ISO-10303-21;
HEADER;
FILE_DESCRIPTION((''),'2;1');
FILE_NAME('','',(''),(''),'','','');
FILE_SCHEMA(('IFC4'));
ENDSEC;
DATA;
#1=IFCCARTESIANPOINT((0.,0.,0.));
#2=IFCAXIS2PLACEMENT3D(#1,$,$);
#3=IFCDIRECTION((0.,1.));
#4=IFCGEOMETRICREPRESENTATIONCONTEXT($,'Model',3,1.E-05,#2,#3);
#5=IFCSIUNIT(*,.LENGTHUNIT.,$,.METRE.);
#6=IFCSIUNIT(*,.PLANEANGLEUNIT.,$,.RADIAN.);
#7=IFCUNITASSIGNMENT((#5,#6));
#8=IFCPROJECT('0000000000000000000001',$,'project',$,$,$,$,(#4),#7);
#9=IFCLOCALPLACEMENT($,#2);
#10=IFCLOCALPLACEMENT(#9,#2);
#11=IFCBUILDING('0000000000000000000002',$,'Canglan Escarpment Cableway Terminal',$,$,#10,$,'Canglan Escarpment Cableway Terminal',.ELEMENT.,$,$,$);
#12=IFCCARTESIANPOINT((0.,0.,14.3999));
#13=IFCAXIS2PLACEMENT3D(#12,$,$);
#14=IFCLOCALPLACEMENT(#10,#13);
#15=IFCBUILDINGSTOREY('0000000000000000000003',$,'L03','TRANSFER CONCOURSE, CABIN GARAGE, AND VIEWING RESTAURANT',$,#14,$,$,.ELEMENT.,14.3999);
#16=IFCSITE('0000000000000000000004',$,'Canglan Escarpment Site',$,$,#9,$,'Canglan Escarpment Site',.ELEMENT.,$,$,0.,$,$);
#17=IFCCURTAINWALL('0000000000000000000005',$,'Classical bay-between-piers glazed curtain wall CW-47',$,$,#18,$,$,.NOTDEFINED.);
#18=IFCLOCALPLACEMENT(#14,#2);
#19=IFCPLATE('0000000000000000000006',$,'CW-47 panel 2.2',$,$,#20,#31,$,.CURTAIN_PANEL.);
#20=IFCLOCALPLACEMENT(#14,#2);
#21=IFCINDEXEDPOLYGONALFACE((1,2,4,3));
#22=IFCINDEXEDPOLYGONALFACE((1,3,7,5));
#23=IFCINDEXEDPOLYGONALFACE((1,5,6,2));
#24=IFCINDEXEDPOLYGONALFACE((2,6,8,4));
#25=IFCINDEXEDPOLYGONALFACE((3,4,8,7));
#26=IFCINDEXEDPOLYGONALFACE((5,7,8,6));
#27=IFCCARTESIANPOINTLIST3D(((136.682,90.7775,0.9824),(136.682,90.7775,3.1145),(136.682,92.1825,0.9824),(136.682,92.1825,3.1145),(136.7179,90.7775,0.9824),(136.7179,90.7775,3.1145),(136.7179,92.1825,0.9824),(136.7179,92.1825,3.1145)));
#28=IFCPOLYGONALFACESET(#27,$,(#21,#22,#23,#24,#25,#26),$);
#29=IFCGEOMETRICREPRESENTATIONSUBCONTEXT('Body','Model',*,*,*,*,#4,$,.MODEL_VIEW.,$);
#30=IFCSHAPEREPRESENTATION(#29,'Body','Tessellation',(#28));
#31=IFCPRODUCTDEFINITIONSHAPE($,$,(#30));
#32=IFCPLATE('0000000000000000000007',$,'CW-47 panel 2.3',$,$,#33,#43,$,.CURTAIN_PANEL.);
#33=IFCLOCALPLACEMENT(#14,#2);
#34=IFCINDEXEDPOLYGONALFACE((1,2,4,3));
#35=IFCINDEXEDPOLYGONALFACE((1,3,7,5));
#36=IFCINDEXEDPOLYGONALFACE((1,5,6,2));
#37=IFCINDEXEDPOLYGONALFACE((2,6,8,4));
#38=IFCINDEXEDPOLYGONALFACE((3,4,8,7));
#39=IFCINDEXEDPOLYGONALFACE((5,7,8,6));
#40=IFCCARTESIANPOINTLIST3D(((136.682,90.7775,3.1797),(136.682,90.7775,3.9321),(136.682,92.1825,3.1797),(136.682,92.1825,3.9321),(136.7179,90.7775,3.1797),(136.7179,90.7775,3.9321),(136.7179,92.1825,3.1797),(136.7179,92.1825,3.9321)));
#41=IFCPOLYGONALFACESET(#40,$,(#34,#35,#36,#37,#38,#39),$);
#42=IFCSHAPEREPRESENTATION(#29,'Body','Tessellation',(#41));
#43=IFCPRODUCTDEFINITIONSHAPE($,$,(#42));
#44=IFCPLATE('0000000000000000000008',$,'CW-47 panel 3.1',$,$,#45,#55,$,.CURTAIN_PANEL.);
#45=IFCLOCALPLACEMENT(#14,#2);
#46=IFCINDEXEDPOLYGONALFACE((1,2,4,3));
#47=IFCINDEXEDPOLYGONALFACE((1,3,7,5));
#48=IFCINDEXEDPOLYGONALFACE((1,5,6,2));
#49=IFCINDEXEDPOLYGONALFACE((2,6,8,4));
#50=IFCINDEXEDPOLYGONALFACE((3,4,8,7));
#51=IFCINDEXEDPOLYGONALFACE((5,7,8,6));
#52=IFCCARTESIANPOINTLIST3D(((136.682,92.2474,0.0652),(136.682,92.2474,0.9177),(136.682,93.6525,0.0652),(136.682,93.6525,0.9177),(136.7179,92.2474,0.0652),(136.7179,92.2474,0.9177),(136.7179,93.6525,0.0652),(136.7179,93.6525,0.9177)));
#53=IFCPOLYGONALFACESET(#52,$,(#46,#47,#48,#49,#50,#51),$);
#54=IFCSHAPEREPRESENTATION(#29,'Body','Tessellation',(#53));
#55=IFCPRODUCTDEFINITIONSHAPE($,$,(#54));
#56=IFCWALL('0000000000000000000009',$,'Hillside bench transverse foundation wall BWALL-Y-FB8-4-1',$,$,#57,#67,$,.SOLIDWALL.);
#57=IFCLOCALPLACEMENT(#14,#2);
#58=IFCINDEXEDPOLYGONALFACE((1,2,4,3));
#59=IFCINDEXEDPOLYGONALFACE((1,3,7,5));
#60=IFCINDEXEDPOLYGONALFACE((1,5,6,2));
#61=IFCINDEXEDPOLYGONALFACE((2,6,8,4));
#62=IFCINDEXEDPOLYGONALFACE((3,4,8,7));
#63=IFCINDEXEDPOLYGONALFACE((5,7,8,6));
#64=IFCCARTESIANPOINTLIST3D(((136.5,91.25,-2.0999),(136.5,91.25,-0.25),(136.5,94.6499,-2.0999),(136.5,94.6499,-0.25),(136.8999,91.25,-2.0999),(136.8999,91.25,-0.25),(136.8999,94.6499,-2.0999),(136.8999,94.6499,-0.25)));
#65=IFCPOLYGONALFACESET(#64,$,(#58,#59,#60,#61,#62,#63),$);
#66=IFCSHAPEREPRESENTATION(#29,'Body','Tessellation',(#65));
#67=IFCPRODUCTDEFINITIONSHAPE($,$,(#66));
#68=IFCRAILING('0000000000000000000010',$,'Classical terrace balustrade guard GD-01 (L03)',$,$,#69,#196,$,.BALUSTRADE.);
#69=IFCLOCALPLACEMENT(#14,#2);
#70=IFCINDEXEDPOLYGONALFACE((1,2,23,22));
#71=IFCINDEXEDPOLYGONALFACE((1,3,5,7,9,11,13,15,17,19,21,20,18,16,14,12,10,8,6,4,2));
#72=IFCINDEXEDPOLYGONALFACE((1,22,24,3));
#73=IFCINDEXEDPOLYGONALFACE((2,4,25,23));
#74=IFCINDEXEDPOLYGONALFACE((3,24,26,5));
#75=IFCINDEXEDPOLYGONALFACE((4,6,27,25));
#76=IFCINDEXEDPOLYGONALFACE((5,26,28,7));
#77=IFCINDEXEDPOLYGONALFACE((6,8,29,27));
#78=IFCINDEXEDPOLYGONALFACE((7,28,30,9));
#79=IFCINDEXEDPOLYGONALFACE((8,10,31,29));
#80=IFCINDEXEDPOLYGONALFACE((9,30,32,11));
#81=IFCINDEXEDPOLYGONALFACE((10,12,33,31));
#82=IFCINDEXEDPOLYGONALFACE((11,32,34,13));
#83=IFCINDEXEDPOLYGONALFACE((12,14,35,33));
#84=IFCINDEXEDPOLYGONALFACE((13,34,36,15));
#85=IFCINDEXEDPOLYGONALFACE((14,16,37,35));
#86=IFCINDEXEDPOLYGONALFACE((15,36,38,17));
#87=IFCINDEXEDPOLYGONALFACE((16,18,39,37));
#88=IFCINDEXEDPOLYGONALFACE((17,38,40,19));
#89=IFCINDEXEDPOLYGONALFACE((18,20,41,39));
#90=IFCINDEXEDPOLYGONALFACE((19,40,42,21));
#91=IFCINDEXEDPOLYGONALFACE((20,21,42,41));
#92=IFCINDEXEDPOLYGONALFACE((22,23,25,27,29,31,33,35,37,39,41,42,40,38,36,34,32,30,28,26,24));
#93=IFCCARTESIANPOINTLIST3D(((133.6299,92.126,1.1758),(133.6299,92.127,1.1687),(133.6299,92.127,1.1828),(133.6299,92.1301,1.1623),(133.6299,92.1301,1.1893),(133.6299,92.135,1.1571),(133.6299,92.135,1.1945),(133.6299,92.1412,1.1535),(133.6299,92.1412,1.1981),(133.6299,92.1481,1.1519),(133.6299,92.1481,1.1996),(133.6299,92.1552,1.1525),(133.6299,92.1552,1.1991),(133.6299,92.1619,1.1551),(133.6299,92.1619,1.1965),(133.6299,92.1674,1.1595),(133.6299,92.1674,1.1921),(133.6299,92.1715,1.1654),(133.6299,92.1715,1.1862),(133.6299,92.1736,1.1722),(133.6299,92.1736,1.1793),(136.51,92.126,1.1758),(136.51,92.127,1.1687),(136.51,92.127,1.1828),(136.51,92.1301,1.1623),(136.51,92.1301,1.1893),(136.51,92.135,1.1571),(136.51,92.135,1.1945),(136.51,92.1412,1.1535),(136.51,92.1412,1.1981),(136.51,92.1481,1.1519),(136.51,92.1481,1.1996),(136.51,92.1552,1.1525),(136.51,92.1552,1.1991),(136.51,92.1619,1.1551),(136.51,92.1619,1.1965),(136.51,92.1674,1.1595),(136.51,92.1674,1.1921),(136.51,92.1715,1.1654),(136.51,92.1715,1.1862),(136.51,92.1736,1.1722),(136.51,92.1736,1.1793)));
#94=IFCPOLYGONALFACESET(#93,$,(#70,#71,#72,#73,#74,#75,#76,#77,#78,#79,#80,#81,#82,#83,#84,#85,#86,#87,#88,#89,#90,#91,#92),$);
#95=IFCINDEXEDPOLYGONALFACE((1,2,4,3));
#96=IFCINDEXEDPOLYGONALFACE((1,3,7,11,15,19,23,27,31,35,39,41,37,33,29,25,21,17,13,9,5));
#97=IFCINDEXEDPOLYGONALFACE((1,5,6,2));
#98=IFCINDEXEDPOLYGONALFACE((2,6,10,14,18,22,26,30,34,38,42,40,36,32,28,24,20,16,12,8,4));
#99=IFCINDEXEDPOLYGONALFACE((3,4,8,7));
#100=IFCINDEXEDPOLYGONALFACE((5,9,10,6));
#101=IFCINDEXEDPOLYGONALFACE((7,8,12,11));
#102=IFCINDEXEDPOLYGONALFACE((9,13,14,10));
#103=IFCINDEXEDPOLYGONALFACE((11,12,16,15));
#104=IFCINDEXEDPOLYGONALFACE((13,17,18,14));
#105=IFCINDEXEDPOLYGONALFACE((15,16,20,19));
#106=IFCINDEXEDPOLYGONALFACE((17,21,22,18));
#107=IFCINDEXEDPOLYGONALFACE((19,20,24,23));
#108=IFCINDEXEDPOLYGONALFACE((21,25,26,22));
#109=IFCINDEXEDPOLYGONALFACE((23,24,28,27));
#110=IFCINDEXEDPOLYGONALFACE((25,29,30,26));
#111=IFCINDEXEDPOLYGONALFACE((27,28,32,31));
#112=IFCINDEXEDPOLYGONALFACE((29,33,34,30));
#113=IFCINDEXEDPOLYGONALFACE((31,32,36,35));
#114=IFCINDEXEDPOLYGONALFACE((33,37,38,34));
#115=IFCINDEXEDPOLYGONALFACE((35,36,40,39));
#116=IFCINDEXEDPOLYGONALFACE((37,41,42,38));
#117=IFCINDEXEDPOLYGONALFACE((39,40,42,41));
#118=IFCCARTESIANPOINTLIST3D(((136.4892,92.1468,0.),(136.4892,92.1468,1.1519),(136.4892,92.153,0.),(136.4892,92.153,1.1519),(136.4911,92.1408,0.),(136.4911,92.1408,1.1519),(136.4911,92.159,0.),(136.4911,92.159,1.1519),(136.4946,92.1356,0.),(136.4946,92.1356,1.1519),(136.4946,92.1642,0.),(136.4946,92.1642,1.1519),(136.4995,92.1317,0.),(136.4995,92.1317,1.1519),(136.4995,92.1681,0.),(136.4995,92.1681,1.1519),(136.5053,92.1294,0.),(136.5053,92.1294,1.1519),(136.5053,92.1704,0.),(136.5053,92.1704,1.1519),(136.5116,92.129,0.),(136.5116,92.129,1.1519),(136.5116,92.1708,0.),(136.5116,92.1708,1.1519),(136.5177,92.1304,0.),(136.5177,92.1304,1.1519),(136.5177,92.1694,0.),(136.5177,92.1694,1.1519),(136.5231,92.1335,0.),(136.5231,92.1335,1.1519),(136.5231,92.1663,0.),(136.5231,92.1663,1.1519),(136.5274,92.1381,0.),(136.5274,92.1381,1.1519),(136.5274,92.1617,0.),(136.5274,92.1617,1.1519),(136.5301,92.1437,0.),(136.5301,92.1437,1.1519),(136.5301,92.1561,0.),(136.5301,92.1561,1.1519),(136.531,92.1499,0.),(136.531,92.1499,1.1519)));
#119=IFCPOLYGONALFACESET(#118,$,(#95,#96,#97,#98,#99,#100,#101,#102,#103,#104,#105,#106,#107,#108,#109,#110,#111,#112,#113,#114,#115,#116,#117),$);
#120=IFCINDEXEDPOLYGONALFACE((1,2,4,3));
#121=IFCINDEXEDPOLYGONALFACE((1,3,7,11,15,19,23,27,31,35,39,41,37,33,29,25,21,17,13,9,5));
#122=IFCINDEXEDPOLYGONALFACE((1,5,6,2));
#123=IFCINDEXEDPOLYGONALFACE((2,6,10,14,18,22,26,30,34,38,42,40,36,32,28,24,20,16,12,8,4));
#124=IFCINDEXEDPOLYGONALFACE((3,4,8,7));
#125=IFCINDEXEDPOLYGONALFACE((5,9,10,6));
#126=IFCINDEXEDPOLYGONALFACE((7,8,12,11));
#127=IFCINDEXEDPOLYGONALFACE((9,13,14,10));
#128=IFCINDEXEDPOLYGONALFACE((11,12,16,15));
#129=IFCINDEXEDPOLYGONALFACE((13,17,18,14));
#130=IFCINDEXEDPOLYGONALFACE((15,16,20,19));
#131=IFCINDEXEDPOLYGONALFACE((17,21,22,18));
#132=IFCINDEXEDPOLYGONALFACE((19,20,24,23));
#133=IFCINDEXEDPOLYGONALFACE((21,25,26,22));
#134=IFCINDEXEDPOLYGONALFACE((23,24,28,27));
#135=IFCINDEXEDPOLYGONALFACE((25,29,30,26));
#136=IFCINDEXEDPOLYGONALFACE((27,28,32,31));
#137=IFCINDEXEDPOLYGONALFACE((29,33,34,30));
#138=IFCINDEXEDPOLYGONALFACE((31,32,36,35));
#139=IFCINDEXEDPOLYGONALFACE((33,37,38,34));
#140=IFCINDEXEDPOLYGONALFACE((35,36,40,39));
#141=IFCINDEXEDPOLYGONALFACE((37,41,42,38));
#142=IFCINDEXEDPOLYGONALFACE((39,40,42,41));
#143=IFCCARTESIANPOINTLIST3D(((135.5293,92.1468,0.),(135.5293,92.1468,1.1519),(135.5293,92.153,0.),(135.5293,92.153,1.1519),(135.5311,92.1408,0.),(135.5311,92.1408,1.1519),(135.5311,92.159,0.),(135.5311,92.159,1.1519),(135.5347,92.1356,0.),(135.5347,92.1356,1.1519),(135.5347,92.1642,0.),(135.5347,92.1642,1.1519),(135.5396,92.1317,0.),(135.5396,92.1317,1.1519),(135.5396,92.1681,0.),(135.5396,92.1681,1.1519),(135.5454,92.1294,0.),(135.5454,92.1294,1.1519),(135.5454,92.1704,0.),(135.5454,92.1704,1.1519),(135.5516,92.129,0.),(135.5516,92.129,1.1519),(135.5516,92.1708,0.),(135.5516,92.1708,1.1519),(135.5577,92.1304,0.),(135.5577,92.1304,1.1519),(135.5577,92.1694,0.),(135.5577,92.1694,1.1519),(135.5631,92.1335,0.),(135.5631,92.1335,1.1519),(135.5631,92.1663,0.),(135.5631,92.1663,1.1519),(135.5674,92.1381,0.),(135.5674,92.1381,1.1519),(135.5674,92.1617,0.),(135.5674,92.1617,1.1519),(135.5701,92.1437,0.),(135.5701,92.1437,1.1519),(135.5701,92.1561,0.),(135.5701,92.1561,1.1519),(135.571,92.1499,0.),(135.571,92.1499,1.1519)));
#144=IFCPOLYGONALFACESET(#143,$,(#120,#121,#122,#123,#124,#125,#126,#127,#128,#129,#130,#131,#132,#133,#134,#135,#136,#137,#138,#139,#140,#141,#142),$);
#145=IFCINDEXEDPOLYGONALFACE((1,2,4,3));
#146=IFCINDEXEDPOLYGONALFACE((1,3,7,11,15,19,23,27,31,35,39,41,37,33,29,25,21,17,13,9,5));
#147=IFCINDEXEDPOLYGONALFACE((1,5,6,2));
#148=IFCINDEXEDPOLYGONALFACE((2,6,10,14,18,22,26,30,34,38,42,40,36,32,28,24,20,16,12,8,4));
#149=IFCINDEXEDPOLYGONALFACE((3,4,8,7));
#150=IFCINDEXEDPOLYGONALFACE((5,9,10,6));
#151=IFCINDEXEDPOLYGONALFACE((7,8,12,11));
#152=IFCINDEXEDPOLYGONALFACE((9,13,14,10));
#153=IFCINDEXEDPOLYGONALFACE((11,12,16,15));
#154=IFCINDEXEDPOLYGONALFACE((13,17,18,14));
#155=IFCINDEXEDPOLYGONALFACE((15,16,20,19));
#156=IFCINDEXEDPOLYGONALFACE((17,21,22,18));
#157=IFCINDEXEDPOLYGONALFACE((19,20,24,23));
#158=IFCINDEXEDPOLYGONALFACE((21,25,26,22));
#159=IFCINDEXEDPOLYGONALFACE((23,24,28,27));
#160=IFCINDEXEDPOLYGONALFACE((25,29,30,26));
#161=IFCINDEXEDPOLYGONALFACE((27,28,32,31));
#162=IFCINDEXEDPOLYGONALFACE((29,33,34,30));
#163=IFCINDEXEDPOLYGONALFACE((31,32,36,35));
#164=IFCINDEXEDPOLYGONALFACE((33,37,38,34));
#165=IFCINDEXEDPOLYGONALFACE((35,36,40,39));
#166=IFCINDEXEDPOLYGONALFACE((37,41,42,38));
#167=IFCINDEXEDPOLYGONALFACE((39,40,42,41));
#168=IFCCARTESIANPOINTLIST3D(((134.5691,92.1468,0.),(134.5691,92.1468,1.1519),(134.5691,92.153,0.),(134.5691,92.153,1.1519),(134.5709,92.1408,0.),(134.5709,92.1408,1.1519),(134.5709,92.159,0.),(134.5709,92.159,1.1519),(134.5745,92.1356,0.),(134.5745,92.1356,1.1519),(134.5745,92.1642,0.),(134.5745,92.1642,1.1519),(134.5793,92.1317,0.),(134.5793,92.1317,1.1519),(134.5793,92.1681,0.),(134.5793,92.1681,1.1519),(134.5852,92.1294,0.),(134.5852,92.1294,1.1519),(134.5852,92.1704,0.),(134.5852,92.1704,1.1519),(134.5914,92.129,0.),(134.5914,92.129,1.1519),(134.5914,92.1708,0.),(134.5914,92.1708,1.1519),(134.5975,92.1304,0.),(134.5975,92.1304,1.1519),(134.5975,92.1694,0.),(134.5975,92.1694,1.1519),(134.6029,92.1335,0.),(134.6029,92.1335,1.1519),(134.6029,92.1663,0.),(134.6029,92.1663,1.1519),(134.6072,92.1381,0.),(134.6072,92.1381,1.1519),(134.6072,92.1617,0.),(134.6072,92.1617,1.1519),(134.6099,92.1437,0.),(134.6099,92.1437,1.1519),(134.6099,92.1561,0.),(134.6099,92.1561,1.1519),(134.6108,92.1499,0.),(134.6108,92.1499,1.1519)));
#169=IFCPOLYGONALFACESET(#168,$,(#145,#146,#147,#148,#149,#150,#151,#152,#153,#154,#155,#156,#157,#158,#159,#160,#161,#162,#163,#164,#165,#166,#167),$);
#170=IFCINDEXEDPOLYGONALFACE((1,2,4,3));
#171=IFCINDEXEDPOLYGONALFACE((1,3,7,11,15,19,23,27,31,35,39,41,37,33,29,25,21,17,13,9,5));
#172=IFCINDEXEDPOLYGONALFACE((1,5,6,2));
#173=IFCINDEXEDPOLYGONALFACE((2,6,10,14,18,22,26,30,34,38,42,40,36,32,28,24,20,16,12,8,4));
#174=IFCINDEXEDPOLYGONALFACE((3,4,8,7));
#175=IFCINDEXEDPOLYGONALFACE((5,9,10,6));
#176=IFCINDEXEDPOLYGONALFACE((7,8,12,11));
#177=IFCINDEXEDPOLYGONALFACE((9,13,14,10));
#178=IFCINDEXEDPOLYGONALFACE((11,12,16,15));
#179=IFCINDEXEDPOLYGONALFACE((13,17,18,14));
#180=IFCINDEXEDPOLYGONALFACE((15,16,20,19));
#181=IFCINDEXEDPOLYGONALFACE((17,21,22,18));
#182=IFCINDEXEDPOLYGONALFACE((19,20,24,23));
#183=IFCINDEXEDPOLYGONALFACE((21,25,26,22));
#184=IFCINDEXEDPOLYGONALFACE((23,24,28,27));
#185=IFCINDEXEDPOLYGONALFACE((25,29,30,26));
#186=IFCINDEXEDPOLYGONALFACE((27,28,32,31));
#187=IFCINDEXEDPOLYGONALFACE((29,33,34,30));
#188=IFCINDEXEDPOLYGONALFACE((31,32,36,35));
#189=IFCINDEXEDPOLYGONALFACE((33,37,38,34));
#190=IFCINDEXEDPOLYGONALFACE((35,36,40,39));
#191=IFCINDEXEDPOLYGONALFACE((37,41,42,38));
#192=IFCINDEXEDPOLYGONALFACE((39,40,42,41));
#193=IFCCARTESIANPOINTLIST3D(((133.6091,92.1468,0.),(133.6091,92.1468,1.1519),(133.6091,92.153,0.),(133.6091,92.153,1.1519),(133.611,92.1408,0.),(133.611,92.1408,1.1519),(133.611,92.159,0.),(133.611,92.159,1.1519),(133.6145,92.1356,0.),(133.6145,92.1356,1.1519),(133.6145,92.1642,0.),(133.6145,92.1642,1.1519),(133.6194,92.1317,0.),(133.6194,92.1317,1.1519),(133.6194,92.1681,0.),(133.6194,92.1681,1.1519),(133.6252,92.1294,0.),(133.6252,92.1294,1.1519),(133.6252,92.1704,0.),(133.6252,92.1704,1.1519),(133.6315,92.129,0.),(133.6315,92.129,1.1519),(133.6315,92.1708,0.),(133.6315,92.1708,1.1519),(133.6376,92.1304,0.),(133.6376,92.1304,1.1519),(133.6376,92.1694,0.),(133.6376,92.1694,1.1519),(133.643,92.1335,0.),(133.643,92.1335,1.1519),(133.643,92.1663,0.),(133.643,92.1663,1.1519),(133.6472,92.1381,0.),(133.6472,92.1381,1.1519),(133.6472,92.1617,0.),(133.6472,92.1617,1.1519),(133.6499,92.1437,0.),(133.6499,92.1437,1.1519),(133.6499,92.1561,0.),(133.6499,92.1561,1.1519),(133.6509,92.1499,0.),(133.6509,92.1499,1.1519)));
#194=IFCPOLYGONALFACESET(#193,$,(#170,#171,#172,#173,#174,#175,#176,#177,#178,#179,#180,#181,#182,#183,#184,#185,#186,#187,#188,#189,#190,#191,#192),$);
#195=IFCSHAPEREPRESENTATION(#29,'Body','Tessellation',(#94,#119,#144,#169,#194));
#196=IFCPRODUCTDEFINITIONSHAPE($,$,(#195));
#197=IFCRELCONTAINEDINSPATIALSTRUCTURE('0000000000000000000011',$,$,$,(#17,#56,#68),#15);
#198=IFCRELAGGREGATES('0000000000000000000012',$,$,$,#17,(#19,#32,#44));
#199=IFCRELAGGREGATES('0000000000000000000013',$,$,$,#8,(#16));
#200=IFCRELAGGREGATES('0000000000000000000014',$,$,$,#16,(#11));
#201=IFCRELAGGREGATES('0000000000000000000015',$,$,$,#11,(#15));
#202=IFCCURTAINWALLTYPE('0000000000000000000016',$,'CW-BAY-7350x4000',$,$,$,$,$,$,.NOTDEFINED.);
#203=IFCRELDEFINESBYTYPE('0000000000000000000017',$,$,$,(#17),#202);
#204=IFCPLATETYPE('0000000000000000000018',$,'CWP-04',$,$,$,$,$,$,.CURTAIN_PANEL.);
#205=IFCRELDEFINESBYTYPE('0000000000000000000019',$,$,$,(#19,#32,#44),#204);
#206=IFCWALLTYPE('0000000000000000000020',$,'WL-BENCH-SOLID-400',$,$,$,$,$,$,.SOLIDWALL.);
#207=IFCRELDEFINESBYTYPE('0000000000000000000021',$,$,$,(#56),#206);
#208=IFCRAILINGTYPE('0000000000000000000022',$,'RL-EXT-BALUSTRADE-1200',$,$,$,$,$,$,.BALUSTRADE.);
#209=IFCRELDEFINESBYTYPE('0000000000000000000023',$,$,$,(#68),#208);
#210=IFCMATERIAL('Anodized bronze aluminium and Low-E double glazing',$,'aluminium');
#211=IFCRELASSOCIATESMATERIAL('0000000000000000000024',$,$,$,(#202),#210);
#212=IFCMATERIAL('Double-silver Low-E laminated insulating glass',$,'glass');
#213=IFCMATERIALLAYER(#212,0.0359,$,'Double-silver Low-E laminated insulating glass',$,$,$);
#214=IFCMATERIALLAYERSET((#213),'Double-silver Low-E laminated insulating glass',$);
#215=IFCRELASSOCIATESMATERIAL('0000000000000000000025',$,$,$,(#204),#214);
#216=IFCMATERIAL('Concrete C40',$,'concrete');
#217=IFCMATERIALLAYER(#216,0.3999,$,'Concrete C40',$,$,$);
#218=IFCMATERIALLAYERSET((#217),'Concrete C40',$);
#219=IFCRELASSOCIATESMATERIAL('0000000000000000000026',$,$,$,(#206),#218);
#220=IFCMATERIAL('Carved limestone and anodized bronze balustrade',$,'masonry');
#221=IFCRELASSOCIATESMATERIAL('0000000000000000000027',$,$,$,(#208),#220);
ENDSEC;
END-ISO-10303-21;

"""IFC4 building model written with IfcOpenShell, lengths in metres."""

from ifc_helpers import new_model, si_unit, direction, frame, frame_2d, origin, origin_2d, place, context, subcontext, project, spatial, rectangle, circle, extrude, material, layer, layer_set, type_object, element, aggregate, save


model = new_model("IFC4")

# Units and contexts
model_context = context("Model", 3, precision=1e-05, world=origin(), true_north=direction((0.0, 1.0)))
body_context = subcontext(model_context, "Body", "Model", "MODEL_VIEW")
ifc_project = project(units=[si_unit("LENGTHUNIT", "METRE"), si_unit("PLANEANGLEUNIT", "RADIAN")], contexts=[model_context])

# Site, building, storey
site_placement = place(None, origin())
site = spatial("IfcSite", under=ifc_project, at=site_placement, Name="Canglan Escarpment Site", LongName="Canglan Escarpment Site", CompositionType="ELEMENT", RefElevation=0.0)
building_placement = place(site_placement, origin())
building = spatial("IfcBuilding", under=site, at=building_placement, Name="Canglan Escarpment Cableway Terminal", LongName="Canglan Escarpment Cableway Terminal", CompositionType="ELEMENT")
storey_placement = place(building_placement, frame((0.0, 0.0, 14.3999)))
storey = spatial("IfcBuildingStorey", under=building, at=storey_placement, Name="L03", Description="TRANSFER CONCOURSE, CABIN GARAGE, AND VIEWING RESTAURANT", CompositionType="ELEMENT", Elevation=14.3999)

# Shared definitions
ifc_material_1 = material(Name="Concrete C40", Category="concrete")

# Curtain wall, plates
ifc_material_2 = material(Name="Anodized bronze aluminium and Low-E double glazing", Category="aluminium")
curtain_wall_type = type_object("IfcCurtainWallType", Name="CW-BAY-7350x4000", PredefinedType="NOTDEFINED", material=ifc_material_2)
curtain_wall_placement = place(storey_placement, origin())
curtain_wall = element("IfcCurtainWall", 1, at=curtain_wall_placement, inside=storey, type_object=curtain_wall_type, Name="Classical bay-between-piers glazed curtain wall CW-47", PredefinedType="NOTDEFINED")
ifc_material_3 = material(Name="Double-silver Low-E laminated insulating glass", Category="glass")
ifc_layer_1 = layer(ifc_material_3, 0.0359, Name="Double-silver Low-E laminated insulating glass")
ifc_layer_set_1 = layer_set([ifc_layer_1], Name="Double-silver Low-E laminated insulating glass")
plate_type = type_object("IfcPlateType", Name="CWP-04", PredefinedType="CURTAIN_PANEL", material=ifc_layer_set_1)
plate_1_placement = place(storey_placement, frame((136.7, 91.48, 0.9824), z_axis=(0.0, 0.0, 1.0), x_axis=(0.0, 1.0, 0.0)))
plate_1 = element("IfcPlate", 2, at=plate_1_placement, type_object=plate_type, Name="CW-47 panel 2.2", PredefinedType="CURTAIN_PANEL", context=body_context, shape_type="SweptSolid", body=[
    extrude(rectangle(XDim=1.405, YDim=0.0359, at=origin_2d()), origin(), (0.0, 0.0, 1.0), 2.1321),
])
plate_2_placement = place(storey_placement, frame((136.7, 91.48, 3.1797), z_axis=(0.0, 0.0, 1.0), x_axis=(0.0, 1.0, 0.0)))
plate_2 = element("IfcPlate", 3, at=plate_2_placement, type_object=plate_type, Name="CW-47 panel 2.3", PredefinedType="CURTAIN_PANEL", context=body_context, shape_type="SweptSolid", body=[
    extrude(rectangle(XDim=1.405, YDim=0.0359, at=origin_2d()), origin(), (0.0, 0.0, 1.0), 0.7524),
])
plate_3_placement = place(storey_placement, frame((136.7, 92.95, 0.0652), z_axis=(0.0, 0.0, 1.0), x_axis=(0.0, 1.0, 0.0)))
plate_3 = element("IfcPlate", 4, at=plate_3_placement, type_object=plate_type, Name="CW-47 panel 3.1", PredefinedType="CURTAIN_PANEL", context=body_context, shape_type="SweptSolid", body=[
    extrude(rectangle(XDim=1.405, YDim=0.0359, at=origin_2d()), origin(), (0.0, 0.0, 1.0), 0.8525),
])
aggregate(curtain_wall, [plate_1, plate_2, plate_3])

# Wall
ifc_layer_2 = layer(ifc_material_1, 0.3999, Name="Concrete C40")
ifc_layer_set_2 = layer_set([ifc_layer_2], Name="Concrete C40")
wall_type = type_object("IfcWallType", Name="WL-BENCH-SOLID-400", PredefinedType="SOLIDWALL", material=ifc_layer_set_2)
wall_placement = place(storey_placement, frame((136.7, 91.25, -2.0999), z_axis=(0.0, 0.0, 1.0), x_axis=(0.0, 1.0, 0.0)))
element("IfcWall", 5, at=wall_placement, inside=storey, type_object=wall_type, Name="Hillside bench transverse foundation wall BWALL-Y-FB8-4-1", PredefinedType="SOLIDWALL", context=body_context, shape_type="SweptSolid", body=[
    extrude(rectangle(XDim=3.3999, YDim=0.3999, at=frame_2d((1.7, 0.0))), origin(), (0.0, 0.0, 1.0), 1.8499),
])

# Railing
ifc_material_4 = material(Name="Carved limestone and anodized bronze balustrade", Category="masonry")
railing_type = type_object("IfcRailingType", Name="RL-EXT-BALUSTRADE-1200", PredefinedType="BALUSTRADE", material=ifc_material_4)
railing_placement = place(storey_placement, frame((136.51, 92.1499, 0.0)))
element("IfcRailing", 6, at=railing_placement, inside=storey, type_object=railing_type, Name="Classical terrace balustrade guard GD-01 (L03)", PredefinedType="BALUSTRADE", context=body_context, shape_type="SweptSolid", body=[
    extrude(circle(Radius=0.0239, at=origin_2d()), frame((0.0, 0.0, 1.1758), z_axis=(-1.0, 0.0, 0.0), x_axis=(0.0, -1.0, 0.0)), (0.0, 0.0, 1.0), 2.8801),
    extrude(circle(Radius=0.021, at=origin_2d()), origin(), (0.0, 0.0, 1.0), 1.1519),
    extrude(circle(Radius=0.021, at=origin_2d()), frame((-0.96, 0.0, 0.0)), (0.0, 0.0, 1.0), 1.1519),
    extrude(circle(Radius=0.021, at=origin_2d()), frame((-1.9202, 0.0, 0.0)), (0.0, 0.0, 1.0), 1.1519),
    extrude(circle(Radius=0.021, at=origin_2d()), frame((-2.8801, 0.0, 0.0)), (0.0, 0.0, 1.0), 1.1519),
])

save(model, "model.ifc")
